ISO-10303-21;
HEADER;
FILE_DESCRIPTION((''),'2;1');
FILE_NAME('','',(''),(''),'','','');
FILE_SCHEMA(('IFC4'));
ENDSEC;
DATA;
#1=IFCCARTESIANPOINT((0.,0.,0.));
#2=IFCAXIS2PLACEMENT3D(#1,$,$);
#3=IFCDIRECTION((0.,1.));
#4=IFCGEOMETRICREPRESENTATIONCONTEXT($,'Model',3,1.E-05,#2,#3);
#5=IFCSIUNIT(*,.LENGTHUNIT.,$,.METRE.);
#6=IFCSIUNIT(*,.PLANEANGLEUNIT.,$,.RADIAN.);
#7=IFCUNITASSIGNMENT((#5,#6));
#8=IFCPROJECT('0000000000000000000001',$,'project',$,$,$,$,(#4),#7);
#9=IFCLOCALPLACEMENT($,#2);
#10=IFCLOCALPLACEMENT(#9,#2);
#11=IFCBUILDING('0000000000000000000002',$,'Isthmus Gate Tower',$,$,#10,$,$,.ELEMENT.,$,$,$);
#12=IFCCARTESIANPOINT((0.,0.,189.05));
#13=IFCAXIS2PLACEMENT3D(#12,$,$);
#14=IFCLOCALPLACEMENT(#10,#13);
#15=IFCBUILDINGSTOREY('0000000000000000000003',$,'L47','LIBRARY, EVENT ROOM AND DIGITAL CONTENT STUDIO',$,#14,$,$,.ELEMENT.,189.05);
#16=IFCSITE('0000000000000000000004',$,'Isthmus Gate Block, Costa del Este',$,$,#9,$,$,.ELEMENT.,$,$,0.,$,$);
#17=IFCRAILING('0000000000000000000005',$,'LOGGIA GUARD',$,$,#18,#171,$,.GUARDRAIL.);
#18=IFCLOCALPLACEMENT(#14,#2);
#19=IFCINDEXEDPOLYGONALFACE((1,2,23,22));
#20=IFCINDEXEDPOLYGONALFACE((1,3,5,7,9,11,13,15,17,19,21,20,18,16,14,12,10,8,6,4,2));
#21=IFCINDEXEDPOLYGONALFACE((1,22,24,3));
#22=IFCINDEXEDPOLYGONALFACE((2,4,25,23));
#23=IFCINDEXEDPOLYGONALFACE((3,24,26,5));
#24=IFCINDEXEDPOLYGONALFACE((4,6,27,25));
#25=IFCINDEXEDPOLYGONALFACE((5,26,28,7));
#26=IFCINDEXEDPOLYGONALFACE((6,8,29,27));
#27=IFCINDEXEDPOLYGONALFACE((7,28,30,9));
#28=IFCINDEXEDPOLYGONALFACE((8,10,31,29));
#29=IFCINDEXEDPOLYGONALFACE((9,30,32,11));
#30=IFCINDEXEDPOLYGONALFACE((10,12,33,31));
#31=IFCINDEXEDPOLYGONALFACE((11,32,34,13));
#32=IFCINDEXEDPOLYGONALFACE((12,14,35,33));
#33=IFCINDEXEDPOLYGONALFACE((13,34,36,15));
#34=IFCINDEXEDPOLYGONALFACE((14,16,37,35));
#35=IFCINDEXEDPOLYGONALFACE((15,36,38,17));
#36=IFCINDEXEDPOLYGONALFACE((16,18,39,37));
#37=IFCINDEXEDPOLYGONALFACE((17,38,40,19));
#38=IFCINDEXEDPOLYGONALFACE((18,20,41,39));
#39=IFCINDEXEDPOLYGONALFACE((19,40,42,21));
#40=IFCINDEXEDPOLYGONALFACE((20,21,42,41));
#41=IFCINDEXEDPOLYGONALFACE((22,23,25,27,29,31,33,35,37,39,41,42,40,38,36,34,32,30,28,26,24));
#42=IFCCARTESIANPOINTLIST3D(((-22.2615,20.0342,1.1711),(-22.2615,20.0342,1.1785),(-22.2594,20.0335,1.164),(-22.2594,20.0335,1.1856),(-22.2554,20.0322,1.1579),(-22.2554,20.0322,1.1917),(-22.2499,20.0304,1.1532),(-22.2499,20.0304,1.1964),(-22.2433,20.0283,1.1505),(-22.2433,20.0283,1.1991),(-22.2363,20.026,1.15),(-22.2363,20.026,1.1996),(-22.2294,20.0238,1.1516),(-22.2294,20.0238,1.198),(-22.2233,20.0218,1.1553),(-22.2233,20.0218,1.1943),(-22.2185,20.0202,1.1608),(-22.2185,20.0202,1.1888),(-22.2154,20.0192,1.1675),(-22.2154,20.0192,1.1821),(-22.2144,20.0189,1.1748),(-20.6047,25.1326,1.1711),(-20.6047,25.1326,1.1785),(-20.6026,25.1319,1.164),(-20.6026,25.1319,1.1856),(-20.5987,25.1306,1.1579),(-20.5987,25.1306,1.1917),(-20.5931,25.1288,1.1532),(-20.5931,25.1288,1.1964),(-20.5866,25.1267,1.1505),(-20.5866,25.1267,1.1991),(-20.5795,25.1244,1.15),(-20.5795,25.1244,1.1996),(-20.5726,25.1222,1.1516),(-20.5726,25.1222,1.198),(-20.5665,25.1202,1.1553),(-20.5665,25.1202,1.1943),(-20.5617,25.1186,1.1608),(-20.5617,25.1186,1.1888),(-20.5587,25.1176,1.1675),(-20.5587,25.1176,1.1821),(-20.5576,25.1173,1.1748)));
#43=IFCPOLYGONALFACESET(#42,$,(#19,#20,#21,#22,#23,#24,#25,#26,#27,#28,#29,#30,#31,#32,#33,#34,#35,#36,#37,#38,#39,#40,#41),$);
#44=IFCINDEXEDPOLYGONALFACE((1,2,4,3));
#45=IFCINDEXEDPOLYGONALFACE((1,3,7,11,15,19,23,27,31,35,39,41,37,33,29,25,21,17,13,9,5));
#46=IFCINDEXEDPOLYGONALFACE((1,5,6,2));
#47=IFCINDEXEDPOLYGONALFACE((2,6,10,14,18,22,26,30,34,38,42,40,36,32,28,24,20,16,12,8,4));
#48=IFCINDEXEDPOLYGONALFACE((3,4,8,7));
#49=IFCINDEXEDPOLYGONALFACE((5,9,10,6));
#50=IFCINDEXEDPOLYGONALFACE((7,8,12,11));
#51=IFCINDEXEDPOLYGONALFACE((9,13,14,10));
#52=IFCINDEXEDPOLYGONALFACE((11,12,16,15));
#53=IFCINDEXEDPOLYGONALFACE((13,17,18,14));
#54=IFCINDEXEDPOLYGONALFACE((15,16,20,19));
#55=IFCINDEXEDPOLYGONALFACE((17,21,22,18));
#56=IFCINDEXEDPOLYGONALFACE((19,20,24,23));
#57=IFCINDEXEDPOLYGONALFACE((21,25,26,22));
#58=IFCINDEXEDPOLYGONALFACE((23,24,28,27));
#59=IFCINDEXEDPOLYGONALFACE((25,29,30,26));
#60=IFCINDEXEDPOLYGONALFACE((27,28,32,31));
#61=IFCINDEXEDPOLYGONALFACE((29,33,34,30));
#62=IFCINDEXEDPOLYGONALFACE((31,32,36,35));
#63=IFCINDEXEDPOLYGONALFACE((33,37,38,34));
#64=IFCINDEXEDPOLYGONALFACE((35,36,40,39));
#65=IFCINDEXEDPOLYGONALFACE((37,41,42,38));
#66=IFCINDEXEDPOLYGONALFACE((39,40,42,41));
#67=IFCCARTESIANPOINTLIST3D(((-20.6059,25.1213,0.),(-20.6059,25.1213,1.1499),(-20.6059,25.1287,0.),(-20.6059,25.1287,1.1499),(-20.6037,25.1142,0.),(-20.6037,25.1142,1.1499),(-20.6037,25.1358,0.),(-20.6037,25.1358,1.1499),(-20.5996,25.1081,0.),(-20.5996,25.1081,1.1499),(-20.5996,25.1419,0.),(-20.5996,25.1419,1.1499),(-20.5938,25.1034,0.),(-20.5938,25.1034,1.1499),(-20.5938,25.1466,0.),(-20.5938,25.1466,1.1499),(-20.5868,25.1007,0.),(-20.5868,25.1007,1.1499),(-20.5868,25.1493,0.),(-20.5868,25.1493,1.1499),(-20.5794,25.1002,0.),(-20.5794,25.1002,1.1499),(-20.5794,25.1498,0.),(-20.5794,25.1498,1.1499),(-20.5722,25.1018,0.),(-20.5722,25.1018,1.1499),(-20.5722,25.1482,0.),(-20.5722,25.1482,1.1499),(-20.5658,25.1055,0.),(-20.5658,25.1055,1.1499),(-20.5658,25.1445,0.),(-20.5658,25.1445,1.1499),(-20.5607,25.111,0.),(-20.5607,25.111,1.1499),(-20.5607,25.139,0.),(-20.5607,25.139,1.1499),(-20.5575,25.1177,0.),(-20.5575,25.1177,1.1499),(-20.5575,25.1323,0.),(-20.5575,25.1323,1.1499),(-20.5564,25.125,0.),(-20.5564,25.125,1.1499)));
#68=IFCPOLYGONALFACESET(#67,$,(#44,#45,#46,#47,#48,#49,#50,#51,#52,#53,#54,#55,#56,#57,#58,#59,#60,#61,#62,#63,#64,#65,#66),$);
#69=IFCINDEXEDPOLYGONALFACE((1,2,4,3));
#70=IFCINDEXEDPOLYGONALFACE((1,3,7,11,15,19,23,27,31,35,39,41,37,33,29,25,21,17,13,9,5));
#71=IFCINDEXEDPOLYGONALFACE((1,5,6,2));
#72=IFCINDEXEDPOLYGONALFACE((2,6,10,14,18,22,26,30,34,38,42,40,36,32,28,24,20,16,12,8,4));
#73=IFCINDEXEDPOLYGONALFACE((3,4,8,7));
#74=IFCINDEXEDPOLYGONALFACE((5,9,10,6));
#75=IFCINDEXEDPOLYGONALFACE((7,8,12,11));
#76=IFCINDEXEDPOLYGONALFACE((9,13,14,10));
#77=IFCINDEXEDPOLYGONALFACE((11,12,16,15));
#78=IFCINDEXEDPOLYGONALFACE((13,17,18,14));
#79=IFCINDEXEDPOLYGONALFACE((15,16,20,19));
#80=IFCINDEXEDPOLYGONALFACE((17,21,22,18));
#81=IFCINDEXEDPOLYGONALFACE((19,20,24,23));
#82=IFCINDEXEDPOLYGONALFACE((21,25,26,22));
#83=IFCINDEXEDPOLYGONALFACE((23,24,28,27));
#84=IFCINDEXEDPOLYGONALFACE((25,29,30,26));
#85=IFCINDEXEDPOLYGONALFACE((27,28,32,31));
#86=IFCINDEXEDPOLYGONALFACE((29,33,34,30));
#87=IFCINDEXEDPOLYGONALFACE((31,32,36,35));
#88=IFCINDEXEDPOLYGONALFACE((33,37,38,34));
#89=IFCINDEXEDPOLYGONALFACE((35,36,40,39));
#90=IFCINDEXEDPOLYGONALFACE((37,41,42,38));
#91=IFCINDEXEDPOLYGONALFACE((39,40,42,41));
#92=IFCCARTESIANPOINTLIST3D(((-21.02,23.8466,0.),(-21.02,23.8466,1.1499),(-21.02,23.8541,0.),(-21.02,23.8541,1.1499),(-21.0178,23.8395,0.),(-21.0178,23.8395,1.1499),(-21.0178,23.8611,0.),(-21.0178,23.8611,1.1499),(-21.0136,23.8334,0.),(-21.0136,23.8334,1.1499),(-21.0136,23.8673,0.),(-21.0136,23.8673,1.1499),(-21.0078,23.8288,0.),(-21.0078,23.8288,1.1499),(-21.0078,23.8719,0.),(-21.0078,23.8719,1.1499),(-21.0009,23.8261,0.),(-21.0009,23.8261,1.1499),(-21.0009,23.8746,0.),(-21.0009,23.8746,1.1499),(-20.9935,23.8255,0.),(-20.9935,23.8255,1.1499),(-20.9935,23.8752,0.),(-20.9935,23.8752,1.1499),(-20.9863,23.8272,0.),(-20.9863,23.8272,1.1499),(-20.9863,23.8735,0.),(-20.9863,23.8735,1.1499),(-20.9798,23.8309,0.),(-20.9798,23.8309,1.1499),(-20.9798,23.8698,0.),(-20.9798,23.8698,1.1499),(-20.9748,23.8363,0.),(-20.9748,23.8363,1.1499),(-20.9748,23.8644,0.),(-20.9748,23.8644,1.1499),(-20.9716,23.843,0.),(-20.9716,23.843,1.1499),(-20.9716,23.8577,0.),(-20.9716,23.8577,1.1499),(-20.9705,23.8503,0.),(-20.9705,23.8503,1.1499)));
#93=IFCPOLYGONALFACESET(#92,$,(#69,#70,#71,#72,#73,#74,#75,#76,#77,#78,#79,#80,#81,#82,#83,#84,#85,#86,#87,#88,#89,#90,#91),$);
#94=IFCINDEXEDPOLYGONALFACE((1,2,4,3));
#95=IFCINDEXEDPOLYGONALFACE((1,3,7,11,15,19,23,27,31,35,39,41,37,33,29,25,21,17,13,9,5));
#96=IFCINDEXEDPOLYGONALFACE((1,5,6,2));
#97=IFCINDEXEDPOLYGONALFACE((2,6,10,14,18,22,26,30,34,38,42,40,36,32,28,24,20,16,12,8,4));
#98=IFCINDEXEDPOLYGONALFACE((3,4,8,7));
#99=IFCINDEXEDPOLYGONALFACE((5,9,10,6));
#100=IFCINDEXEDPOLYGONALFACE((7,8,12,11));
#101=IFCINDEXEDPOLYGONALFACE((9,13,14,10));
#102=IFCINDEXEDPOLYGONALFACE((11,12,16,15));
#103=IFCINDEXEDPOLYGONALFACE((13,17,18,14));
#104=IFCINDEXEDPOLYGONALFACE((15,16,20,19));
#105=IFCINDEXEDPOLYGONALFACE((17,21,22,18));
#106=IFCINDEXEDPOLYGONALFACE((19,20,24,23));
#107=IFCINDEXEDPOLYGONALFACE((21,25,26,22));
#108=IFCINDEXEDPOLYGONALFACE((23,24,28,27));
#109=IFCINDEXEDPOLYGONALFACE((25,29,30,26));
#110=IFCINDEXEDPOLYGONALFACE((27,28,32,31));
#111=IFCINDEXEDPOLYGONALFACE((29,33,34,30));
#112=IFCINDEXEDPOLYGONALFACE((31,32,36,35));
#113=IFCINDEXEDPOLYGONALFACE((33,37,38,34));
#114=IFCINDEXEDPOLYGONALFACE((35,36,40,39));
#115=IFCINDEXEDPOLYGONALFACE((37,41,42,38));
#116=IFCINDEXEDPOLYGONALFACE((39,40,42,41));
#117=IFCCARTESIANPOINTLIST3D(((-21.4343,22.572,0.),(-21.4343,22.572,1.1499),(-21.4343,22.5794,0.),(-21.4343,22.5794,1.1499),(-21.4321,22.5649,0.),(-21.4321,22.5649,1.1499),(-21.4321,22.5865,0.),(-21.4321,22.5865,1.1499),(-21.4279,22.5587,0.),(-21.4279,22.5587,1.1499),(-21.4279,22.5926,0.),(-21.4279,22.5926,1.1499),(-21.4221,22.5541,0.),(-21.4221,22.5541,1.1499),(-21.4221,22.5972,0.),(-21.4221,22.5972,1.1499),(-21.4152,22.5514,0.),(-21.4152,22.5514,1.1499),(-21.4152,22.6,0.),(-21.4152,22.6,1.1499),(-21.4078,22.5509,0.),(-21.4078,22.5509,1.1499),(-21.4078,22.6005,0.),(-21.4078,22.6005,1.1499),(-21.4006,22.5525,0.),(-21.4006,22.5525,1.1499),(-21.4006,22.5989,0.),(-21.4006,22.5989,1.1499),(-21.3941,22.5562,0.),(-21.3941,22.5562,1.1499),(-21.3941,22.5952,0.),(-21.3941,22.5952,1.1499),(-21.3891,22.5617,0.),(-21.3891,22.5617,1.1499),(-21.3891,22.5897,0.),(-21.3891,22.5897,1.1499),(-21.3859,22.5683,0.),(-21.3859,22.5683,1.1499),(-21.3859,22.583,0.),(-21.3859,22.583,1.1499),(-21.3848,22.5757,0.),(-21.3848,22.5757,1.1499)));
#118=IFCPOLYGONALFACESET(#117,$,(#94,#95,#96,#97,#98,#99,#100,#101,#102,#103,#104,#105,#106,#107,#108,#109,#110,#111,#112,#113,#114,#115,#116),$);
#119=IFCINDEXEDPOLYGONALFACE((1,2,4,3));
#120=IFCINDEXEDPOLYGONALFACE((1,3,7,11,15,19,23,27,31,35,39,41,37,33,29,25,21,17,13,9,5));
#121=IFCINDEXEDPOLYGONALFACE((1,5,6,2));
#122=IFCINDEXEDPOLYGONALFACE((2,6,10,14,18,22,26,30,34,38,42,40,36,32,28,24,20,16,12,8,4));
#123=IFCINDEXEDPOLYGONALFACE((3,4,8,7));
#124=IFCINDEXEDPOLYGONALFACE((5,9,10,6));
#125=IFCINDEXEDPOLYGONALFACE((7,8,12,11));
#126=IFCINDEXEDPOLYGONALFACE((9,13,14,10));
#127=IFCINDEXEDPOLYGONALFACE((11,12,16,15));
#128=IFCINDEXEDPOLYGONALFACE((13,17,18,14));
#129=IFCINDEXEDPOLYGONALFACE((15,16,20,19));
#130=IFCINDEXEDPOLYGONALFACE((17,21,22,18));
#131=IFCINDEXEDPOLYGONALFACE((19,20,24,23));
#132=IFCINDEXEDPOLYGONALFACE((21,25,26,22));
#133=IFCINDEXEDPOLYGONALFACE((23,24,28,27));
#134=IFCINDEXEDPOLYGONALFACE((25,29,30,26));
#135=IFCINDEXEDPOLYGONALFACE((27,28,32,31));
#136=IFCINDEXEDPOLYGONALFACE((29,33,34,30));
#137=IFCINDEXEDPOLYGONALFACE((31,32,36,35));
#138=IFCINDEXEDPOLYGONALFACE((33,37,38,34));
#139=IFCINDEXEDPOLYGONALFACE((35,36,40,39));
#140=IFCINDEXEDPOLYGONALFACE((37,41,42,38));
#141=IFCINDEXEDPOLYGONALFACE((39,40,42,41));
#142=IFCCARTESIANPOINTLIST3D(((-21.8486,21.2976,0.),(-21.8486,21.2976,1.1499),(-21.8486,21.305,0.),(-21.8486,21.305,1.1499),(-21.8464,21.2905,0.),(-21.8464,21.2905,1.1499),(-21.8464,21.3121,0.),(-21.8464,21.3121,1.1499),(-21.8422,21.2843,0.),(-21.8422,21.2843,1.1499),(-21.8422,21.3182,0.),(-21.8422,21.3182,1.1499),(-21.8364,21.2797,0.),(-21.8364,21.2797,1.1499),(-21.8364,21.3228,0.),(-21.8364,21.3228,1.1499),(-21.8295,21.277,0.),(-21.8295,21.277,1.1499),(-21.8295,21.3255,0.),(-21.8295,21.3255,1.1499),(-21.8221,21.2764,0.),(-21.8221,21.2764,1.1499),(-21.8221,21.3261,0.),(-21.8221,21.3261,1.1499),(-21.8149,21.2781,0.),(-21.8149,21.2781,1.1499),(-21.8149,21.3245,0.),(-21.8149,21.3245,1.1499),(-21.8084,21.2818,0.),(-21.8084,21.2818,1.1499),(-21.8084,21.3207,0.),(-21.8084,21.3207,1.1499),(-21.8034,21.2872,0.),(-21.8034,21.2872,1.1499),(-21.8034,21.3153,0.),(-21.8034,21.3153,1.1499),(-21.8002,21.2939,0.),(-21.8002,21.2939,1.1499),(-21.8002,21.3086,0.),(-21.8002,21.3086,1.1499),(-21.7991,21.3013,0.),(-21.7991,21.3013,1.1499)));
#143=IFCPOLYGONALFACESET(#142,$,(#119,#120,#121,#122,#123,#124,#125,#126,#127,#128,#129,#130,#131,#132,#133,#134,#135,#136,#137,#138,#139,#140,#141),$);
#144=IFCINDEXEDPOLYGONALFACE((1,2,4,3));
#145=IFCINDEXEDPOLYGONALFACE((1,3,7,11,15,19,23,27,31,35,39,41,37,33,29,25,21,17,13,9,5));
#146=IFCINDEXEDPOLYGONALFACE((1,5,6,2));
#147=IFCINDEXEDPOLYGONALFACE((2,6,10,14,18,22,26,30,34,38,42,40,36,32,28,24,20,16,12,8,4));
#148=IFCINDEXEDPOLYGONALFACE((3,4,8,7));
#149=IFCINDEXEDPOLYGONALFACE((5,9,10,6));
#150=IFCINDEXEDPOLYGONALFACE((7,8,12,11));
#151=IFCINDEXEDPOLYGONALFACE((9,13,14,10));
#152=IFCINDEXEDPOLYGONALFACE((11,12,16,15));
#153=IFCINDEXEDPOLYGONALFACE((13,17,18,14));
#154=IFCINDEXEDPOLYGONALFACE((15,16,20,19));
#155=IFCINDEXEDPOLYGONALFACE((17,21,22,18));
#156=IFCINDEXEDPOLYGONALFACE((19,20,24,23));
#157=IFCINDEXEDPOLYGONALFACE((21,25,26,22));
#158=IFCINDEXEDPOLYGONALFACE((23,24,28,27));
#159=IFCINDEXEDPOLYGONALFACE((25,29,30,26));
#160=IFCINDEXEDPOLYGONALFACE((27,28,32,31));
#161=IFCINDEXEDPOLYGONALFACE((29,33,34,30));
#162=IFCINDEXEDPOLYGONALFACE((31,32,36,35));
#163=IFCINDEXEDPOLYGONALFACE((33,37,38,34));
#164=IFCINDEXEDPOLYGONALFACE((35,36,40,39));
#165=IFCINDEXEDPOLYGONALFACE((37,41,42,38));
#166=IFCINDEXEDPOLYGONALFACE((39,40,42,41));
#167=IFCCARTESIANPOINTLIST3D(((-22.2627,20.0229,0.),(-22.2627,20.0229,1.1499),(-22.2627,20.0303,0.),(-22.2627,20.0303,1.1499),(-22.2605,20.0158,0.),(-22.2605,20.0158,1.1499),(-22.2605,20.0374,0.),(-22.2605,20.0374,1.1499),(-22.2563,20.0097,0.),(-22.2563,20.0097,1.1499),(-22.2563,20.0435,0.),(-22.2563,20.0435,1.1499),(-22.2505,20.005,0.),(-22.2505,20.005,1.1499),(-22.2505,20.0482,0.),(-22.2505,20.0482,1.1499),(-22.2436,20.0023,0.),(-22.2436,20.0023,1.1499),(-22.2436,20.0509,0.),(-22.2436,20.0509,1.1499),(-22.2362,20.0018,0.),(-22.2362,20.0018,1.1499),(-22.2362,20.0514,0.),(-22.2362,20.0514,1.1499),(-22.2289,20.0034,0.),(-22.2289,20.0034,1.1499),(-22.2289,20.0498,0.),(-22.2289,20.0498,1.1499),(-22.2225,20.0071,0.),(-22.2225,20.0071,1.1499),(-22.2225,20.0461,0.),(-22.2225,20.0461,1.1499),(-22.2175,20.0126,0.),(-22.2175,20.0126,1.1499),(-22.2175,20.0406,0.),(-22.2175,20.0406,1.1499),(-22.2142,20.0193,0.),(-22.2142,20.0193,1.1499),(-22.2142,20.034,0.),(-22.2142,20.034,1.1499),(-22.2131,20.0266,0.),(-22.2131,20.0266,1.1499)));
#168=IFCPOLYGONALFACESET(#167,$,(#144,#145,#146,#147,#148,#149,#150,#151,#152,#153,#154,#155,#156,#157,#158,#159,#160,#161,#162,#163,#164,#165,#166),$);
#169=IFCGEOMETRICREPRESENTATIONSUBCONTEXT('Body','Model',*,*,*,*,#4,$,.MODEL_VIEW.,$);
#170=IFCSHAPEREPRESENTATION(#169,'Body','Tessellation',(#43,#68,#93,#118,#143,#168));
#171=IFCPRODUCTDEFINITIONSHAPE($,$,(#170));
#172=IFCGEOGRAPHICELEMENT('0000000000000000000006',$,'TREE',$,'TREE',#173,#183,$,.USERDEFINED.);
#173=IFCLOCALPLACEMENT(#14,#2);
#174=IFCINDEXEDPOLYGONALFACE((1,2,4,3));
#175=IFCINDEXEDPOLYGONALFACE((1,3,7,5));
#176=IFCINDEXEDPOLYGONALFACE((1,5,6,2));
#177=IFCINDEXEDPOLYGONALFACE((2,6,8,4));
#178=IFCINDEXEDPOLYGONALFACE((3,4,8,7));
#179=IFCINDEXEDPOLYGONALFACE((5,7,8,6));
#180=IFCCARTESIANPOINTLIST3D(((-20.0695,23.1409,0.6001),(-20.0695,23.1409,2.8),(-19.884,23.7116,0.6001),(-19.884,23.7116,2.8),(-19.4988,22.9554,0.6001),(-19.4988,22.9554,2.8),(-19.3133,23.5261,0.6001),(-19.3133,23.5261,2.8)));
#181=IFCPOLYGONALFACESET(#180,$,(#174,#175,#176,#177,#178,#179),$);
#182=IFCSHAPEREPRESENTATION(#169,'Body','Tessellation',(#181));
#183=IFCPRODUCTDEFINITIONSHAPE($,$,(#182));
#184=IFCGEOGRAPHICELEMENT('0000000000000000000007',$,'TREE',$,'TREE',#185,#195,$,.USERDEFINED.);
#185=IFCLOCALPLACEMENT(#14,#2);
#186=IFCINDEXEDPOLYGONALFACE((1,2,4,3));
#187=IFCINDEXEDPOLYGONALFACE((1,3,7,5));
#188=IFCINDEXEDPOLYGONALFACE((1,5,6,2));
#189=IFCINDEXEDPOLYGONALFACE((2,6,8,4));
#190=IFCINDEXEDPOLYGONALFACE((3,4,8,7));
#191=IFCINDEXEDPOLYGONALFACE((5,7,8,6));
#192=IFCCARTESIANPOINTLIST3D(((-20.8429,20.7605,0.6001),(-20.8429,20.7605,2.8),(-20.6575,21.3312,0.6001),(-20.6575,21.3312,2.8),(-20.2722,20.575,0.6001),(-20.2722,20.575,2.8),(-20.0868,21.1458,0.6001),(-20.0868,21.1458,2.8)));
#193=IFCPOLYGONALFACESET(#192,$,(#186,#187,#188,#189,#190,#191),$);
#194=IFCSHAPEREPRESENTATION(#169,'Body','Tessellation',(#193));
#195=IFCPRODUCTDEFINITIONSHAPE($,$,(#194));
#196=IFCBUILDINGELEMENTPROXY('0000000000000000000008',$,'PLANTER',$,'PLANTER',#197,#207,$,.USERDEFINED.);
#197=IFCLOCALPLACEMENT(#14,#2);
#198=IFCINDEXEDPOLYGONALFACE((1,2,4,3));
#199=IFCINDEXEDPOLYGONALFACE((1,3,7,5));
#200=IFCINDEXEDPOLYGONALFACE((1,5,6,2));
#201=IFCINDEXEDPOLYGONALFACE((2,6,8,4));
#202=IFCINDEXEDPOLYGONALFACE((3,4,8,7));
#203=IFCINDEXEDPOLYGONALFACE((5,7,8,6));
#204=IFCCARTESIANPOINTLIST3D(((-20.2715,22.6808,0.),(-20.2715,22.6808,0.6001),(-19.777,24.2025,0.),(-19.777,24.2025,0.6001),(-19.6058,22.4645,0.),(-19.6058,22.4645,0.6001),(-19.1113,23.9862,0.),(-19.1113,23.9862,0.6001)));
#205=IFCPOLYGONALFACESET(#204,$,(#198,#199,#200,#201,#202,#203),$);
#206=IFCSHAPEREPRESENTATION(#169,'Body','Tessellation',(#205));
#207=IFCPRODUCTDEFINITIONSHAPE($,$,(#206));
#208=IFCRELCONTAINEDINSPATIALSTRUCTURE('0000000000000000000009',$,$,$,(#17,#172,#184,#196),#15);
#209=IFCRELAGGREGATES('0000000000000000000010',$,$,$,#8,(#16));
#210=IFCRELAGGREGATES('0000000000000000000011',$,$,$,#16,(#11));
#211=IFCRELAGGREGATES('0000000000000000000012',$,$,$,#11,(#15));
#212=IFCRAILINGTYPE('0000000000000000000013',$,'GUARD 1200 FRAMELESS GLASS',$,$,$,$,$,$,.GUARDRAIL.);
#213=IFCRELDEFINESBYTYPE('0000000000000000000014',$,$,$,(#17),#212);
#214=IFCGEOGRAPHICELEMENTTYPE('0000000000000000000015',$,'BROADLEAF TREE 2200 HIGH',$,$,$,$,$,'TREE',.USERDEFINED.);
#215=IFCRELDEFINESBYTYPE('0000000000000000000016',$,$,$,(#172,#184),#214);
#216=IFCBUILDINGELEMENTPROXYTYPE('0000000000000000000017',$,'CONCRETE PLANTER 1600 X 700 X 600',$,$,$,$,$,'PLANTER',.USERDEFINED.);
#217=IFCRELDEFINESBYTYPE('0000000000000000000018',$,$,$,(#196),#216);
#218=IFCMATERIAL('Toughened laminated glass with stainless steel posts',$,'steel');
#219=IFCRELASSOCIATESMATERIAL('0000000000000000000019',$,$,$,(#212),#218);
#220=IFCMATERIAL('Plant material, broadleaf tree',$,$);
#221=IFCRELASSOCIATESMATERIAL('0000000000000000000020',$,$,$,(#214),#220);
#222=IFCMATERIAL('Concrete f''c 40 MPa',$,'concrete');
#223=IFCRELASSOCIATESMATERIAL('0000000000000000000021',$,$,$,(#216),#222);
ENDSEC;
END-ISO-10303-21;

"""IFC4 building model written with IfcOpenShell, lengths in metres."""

from ifc_helpers import new_model, si_unit, direction, frame, origin, origin_2d, place, context, subcontext, project, spatial, rectangle, circle, extrude, material, type_object, element, save


model = new_model("IFC4")

# Units and contexts
model_context = context("Model", 3, precision=1e-05, world=origin(), true_north=direction((0.0, 1.0)))
body_context = subcontext(model_context, "Body", "Model", "MODEL_VIEW")
ifc_project = project(units=[si_unit("LENGTHUNIT", "METRE"), si_unit("PLANEANGLEUNIT", "RADIAN")], contexts=[model_context])

# Site, building, storey
site_placement = place(None, origin())
site = spatial("IfcSite", under=ifc_project, at=site_placement, Name="Isthmus Gate Block, Costa del Este", CompositionType="ELEMENT", RefElevation=0.0)
building_placement = place(site_placement, origin())
building = spatial("IfcBuilding", under=site, at=building_placement, Name="Isthmus Gate Tower", CompositionType="ELEMENT")
storey_placement = place(building_placement, frame((0.0, 0.0, 189.05)))
storey = spatial("IfcBuildingStorey", under=building, at=storey_placement, Name="L47", Description="LIBRARY, EVENT ROOM AND DIGITAL CONTENT STUDIO", CompositionType="ELEMENT", Elevation=189.05)

# Railing
ifc_material_1 = material(Name="Toughened laminated glass with stainless steel posts", Category="steel")
railing_type = type_object("IfcRailingType", Name="GUARD 1200 FRAMELESS GLASS", PredefinedType="GUARDRAIL", material=ifc_material_1)
railing_placement = place(storey_placement, frame((-20.5813, 25.125, 0.0)))
element("IfcRailing", 1, at=railing_placement, inside=storey, type_object=railing_type, Name="LOGGIA GUARD", PredefinedType="GUARDRAIL", context=body_context, shape_type="SweptSolid", body=[
    extrude(circle(Radius=0.0249, at=origin_2d()), frame((0.0, 0.0, 1.1748), z_axis=(-0.309046, -0.951047, 0.0), x_axis=(0.951047, -0.309046, 0.0)), (0.0, 0.0, 1.0), 5.3608),
    extrude(circle(Radius=0.0249, at=origin_2d()), origin(), (0.0, 0.0, 1.0), 1.1499),
    extrude(circle(Radius=0.0249, at=origin_2d()), frame((-0.4141, -1.2747, 0.0)), (0.0, 0.0, 1.0), 1.1499),
    extrude(circle(Radius=0.0249, at=origin_2d()), frame((-0.8284, -2.5493, 0.0)), (0.0, 0.0, 1.0), 1.1499),
    extrude(circle(Radius=0.0249, at=origin_2d()), frame((-1.2427, -3.8237, 0.0)), (0.0, 0.0, 1.0), 1.1499),
    extrude(circle(Radius=0.0249, at=origin_2d()), frame((-1.6567, -5.0984, 0.0)), (0.0, 0.0, 1.0), 1.1499),
])

# Geographic elements
ifc_material_2 = material(Name="Plant material, broadleaf tree")
geographic_element_type = type_object("IfcGeographicElementType", Name="BROADLEAF TREE 2200 HIGH", ElementType="TREE", PredefinedType="USERDEFINED", material=ifc_material_2)
for number, where, z_axis, x_axis, name in (
    (2, (-19.6914, 23.3335, 0.6001), (0.0, 0.0, 1.0), (-0.309017, -0.951057, 0.0), "TREE"),
    (3, (-20.4648, 20.9531, 0.6001), (0.0, 0.0, 1.0), (-0.309017, -0.951057, 0.0), "TREE"),
):
    element("IfcGeographicElement", number, at=place(storey_placement, frame(where, z_axis=z_axis, x_axis=x_axis)), inside=storey, type_object=geographic_element_type, Name=name, ObjectType="TREE", PredefinedType="USERDEFINED", context=body_context, shape_type="SweptSolid", body=[
        extrude(rectangle(XDim=0.6001, YDim=0.6001, at=origin_2d()), origin(), (0.0, 0.0, 1.0), 2.2),
    ])

# Building element proxy
ifc_material_3 = material(Name="Concrete f'c 40 MPa", Category="concrete")
building_element_proxy_type = type_object("IfcBuildingElementProxyType", Name="CONCRETE PLANTER 1600 X 700 X 600", ElementType="PLANTER", PredefinedType="USERDEFINED", material=ifc_material_3)
for number, where, z_axis, x_axis, name in (
    (4, (-19.6914, 23.3335, 0.0), (0.0, 0.0, 1.0), (-0.309017, -0.951057, 0.0), "PLANTER"),
):
    element("IfcBuildingElementProxy", number, at=place(storey_placement, frame(where, z_axis=z_axis, x_axis=x_axis)), inside=storey, type_object=building_element_proxy_type, Name=name, ObjectType="PLANTER", PredefinedType="USERDEFINED", context=body_context, shape_type="SweptSolid", body=[
        extrude(rectangle(XDim=1.6001, YDim=0.7, at=origin_2d()), origin(), (0.0, 0.0, 1.0), 0.6001),
    ])

save(model, "model.ifc")
